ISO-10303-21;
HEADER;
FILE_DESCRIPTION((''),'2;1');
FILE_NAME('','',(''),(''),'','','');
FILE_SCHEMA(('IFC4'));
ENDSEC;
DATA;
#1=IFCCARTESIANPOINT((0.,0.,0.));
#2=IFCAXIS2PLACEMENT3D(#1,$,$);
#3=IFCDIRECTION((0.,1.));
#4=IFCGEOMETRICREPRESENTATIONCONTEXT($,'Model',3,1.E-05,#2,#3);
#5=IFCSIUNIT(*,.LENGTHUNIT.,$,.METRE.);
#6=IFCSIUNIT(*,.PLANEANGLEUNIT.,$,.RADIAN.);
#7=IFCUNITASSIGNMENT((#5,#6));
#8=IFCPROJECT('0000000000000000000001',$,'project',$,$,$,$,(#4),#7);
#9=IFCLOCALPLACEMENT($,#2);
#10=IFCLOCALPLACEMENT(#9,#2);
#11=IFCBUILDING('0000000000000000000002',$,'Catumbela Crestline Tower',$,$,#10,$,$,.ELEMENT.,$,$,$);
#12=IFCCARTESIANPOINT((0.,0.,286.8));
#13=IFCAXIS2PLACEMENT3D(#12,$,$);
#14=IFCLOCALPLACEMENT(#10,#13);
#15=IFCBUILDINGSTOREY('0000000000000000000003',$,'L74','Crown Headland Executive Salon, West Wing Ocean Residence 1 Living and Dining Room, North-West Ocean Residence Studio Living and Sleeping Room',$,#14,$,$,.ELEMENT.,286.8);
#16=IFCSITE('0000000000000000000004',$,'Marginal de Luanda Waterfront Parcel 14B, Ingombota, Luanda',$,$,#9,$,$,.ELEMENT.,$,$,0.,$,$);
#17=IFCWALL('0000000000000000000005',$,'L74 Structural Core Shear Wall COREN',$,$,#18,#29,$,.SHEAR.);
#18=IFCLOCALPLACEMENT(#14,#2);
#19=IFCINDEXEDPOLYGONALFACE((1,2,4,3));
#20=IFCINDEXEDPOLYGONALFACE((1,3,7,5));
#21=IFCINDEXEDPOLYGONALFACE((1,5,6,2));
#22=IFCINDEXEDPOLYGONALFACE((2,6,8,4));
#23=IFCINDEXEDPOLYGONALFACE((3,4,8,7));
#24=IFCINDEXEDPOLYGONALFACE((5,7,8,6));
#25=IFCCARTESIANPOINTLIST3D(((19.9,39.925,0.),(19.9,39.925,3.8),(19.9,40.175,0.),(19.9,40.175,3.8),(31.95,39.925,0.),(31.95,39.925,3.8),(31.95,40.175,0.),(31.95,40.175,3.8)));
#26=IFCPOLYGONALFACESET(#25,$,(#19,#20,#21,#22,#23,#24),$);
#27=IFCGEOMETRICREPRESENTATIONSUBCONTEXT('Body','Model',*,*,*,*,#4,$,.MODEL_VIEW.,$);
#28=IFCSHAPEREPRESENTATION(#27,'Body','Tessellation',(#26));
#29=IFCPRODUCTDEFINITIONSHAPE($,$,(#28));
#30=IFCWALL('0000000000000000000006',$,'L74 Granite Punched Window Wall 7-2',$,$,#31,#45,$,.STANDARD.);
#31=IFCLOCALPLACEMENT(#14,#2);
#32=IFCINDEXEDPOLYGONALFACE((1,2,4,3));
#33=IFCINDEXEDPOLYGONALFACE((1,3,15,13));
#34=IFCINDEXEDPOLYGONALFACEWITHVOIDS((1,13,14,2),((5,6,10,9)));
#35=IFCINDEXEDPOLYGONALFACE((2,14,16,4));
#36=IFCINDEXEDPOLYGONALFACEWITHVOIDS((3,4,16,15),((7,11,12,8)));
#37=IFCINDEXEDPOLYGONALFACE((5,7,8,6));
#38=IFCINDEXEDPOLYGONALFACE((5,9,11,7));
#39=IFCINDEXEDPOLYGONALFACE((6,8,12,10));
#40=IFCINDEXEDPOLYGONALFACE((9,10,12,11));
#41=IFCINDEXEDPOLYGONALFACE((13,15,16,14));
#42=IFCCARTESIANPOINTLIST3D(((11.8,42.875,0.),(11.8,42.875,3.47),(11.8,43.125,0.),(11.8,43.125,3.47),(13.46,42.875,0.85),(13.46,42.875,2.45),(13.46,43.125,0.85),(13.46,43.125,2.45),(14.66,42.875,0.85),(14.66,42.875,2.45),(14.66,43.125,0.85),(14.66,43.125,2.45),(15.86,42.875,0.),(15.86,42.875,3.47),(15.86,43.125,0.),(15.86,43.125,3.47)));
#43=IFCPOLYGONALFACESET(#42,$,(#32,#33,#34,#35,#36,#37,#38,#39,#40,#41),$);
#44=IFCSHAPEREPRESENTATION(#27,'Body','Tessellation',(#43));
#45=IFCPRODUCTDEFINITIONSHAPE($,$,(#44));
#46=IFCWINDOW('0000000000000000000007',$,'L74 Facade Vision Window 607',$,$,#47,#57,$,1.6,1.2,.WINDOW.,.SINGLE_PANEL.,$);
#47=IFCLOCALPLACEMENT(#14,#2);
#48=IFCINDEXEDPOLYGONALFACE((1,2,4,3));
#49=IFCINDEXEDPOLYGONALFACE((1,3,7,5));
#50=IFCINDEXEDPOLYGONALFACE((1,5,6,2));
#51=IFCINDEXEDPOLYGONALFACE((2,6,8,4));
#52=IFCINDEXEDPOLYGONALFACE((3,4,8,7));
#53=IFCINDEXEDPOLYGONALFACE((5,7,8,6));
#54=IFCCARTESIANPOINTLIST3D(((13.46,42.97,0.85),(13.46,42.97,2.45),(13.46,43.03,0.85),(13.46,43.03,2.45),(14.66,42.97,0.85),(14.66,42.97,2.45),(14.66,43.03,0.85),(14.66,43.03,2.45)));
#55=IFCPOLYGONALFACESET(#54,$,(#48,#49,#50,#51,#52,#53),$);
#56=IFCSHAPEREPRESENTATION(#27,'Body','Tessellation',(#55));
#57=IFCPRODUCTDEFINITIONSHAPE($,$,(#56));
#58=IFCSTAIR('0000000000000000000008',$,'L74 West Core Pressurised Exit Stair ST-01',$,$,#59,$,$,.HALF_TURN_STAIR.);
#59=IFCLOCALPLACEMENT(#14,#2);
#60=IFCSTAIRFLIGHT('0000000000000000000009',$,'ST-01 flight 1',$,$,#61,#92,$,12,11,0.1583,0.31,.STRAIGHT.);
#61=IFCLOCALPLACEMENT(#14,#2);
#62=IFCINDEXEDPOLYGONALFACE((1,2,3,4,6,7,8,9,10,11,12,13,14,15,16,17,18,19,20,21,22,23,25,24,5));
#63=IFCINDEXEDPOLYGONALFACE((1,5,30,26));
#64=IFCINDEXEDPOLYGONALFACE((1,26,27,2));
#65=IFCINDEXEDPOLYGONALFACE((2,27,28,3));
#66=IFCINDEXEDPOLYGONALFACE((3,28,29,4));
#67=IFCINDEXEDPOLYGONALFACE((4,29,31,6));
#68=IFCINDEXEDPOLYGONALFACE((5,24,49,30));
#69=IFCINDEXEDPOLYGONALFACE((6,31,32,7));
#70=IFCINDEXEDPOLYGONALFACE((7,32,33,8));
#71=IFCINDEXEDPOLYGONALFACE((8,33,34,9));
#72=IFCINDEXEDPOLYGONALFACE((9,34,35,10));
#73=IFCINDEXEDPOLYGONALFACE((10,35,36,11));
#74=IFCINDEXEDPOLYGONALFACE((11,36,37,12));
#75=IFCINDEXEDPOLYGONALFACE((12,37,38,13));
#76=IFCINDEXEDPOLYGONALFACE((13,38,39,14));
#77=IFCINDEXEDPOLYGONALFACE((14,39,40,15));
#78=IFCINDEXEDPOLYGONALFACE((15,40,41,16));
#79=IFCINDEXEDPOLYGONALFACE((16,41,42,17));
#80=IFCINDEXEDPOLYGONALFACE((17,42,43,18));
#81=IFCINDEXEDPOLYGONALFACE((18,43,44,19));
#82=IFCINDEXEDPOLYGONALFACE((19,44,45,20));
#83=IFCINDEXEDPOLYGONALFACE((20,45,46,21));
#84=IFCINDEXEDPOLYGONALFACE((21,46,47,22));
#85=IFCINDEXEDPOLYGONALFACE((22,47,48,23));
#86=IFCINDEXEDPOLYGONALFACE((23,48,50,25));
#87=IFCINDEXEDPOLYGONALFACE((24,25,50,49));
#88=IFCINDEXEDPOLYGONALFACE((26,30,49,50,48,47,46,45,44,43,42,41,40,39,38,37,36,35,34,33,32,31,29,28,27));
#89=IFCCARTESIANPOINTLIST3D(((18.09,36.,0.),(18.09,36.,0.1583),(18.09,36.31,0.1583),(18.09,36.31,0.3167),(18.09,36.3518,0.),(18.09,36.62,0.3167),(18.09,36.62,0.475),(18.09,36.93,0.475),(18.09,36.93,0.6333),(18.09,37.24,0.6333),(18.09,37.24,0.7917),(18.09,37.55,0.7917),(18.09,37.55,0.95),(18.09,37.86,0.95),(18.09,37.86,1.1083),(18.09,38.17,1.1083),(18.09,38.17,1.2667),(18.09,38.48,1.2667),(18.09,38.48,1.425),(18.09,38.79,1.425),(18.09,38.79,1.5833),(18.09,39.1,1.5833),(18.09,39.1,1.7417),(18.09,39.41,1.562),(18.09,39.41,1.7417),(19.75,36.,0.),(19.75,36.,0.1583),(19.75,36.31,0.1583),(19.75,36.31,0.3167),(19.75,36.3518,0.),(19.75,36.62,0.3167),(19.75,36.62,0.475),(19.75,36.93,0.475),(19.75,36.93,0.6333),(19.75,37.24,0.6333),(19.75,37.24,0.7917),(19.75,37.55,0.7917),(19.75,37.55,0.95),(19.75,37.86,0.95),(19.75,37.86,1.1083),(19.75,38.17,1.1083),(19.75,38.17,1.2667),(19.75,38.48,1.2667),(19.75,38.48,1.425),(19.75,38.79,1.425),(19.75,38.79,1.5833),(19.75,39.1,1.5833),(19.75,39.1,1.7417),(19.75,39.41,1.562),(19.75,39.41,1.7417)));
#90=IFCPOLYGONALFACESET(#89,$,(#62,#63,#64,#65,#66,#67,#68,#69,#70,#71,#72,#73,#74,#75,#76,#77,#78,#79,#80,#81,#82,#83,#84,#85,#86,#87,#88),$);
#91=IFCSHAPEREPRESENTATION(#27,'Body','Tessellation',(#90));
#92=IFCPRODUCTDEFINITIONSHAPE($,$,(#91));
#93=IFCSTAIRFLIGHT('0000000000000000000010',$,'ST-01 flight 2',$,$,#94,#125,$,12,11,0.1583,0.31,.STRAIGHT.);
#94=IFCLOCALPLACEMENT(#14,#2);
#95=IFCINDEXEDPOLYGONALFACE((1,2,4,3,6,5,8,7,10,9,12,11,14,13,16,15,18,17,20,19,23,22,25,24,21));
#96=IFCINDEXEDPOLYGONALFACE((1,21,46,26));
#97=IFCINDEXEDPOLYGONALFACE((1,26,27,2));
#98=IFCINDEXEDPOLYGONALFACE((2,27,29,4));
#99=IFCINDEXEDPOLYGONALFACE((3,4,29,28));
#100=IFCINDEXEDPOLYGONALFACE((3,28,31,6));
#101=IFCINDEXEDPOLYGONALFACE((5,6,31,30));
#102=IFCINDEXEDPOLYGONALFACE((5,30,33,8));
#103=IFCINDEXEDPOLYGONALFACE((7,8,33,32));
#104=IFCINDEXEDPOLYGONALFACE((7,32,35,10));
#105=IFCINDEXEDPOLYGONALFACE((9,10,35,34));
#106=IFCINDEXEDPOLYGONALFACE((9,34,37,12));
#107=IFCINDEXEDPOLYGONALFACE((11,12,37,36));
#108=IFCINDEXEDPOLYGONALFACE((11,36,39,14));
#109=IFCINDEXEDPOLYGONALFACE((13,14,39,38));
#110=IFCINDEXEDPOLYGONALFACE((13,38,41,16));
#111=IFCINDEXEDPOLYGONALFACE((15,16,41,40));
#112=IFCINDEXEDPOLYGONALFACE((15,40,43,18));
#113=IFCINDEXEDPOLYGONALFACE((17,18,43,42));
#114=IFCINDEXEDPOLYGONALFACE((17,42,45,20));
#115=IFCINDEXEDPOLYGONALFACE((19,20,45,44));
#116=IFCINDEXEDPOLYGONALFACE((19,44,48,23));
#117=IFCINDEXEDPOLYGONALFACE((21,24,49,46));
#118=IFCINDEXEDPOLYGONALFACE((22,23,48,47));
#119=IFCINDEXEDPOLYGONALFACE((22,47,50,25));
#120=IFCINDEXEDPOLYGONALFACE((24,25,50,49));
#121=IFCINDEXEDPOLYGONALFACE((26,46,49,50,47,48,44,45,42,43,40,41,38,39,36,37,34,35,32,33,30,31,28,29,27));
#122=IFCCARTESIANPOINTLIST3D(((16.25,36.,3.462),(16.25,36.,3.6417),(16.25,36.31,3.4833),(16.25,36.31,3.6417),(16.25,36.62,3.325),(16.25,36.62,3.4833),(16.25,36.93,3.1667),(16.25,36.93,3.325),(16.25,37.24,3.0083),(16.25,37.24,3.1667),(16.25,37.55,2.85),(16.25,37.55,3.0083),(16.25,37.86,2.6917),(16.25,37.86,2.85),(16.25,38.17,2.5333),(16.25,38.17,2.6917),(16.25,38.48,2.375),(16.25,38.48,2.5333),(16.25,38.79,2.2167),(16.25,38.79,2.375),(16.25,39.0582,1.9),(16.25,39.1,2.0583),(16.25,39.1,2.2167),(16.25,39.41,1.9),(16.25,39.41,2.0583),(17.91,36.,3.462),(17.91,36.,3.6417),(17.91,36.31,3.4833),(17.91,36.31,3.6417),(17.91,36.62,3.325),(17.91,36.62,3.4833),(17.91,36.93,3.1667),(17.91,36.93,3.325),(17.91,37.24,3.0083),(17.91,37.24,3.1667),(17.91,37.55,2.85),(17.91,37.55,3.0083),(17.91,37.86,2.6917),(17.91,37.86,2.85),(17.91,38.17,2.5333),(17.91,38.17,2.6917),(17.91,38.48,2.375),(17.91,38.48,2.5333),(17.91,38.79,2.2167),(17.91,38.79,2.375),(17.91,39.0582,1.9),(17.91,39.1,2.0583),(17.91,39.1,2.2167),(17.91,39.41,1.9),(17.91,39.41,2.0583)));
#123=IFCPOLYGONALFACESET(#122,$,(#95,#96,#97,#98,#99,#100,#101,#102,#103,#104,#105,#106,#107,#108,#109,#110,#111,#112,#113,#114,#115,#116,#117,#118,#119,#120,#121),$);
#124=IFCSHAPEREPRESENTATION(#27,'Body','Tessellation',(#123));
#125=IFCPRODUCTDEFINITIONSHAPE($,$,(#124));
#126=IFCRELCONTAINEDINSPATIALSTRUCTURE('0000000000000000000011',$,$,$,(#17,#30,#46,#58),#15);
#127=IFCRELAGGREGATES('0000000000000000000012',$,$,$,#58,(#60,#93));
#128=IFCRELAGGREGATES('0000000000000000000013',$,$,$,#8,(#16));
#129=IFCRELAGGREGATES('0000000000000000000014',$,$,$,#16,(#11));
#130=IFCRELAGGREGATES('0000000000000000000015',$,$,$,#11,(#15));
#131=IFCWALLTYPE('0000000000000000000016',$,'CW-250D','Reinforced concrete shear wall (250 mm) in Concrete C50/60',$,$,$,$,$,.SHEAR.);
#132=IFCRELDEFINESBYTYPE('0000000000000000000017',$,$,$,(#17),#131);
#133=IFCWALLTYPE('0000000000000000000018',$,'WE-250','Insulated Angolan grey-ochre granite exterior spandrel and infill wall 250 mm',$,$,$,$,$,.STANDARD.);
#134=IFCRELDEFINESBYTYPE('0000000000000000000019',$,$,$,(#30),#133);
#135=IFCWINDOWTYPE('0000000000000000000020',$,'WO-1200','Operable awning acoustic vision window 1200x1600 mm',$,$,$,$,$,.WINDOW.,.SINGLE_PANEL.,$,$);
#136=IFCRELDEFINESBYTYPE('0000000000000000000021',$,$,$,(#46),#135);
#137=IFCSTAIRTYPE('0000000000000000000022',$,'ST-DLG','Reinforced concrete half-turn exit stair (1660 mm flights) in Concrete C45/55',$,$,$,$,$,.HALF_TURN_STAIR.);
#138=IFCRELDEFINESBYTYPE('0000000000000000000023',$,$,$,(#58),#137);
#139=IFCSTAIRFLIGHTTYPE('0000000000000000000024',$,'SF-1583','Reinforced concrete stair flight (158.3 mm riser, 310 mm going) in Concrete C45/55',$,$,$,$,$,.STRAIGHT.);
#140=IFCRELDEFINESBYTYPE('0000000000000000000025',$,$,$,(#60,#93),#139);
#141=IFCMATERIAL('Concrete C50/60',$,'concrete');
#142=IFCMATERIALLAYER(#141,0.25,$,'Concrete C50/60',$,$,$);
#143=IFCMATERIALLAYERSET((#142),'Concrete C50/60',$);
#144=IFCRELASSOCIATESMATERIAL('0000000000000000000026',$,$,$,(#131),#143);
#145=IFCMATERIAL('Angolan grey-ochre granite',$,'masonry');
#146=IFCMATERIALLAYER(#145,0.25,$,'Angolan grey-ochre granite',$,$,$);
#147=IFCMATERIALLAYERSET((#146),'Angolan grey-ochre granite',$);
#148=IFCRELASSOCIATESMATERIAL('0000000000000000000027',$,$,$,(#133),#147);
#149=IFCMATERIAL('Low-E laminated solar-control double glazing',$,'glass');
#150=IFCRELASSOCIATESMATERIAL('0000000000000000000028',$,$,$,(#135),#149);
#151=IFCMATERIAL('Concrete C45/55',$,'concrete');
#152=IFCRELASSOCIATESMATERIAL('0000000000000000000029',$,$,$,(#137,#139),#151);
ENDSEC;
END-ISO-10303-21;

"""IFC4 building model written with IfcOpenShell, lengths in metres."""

from ifc_helpers import new_model, si_unit, direction, frame, frame_2d, origin, place, context, subcontext, project, spatial, polyline, rectangle, outline, extrude, material, layer, layer_set, type_object, element, fill, aggregate, save


model = new_model("IFC4")

# Units and contexts
model_context = context("Model", 3, precision=1e-05, world=origin(), true_north=direction((0.0, 1.0)))
body_context = subcontext(model_context, "Body", "Model", "MODEL_VIEW")
ifc_project = project(units=[si_unit("LENGTHUNIT", "METRE"), si_unit("PLANEANGLEUNIT", "RADIAN")], contexts=[model_context])

# Site, building, storey
site_placement = place(None, origin())
site = spatial("IfcSite", under=ifc_project, at=site_placement, Name="Marginal de Luanda Waterfront Parcel 14B, Ingombota, Luanda", CompositionType="ELEMENT", RefElevation=0.0)
building_placement = place(site_placement, origin())
building = spatial("IfcBuilding", under=site, at=building_placement, Name="Catumbela Crestline Tower", CompositionType="ELEMENT")
storey_placement = place(building_placement, frame((0.0, 0.0, 286.8)))
storey = spatial("IfcBuildingStorey", under=building, at=storey_placement, Name="L74", Description="Crown Headland Executive Salon, West Wing Ocean Residence 1 Living and Dining Room, North-West Ocean Residence Studio Living and Sleeping Room", CompositionType="ELEMENT", Elevation=286.8)

# Shared definitions
ifc_material_1 = material(Name="Concrete C50/60", Category="concrete")
ifc_layer_1 = layer(ifc_material_1, 0.25, Name="Concrete C50/60")
ifc_layer_set_1 = layer_set([ifc_layer_1], Name="Concrete C50/60")
wall_type_1 = type_object("IfcWallType", Name="CW-250D", Description="Reinforced concrete shear wall (250 mm) in Concrete C50/60", PredefinedType="SHEAR", material=ifc_layer_set_1)

# Wall
wall_1_placement = place(storey_placement, frame((19.9, 40.05, 0.0), z_axis=(0.0, 0.0, 1.0), x_axis=(1.0, 0.0, 0.0)))
element("IfcWall", 1, at=wall_1_placement, inside=storey, type_object=wall_type_1, Name="L74 Structural Core Shear Wall COREN", PredefinedType="SHEAR", context=body_context, shape_type="SweptSolid", body=[
    extrude(rectangle(XDim=12.05, YDim=0.25, at=frame_2d((6.025, 0.0))), origin(), (0.0, 0.0, 1.0), 3.8),
])

# Wall, opening, window
ifc_material_2 = material(Name="Angolan grey-ochre granite", Category="masonry")
ifc_layer_2 = layer(ifc_material_2, 0.25, Name="Angolan grey-ochre granite")
ifc_layer_set_2 = layer_set([ifc_layer_2], Name="Angolan grey-ochre granite")
wall_type_2 = type_object("IfcWallType", Name="WE-250", Description="Insulated Angolan grey-ochre granite exterior spandrel and infill wall 250 mm", PredefinedType="STANDARD", material=ifc_layer_set_2)
wall_2_placement = place(storey_placement, frame((15.86, 43.0, 0.0), z_axis=(0.0, 0.0, 1.0), x_axis=(-1.0, 0.0, 0.0)))
wall_2 = element("IfcWall", 2, at=wall_2_placement, inside=storey, type_object=wall_type_2, Name="L74 Granite Punched Window Wall 7-2", PredefinedType="STANDARD", context=body_context, shape_type="SweptSolid", body=[
    extrude(rectangle(XDim=4.06, YDim=0.25, at=frame_2d((2.03, 0.0))), origin(), (0.0, 0.0, 1.0), 3.47),
])
opening_1_placement = place(wall_2_placement, frame((1.2, 0.0, 0.85)))
opening_1 = element("IfcOpeningElement", 3, at=opening_1_placement, cuts=wall_2, PredefinedType="OPENING", context=body_context, shape_type="SweptSolid", body=[
    extrude(rectangle(XDim=1.2, YDim=1.6, at=frame_2d((0.6, 0.8))), frame((0.0, 0.135, 0.0), z_axis=(0.0, -1.0, 0.0), x_axis=(1.0, 0.0, 0.0)), (0.0, 0.0, 1.0), 0.27),
])
ifc_material_3 = material(Name="Low-E laminated solar-control double glazing", Category="glass")
window_type = type_object("IfcWindowType", Name="WO-1200", Description="Operable awning acoustic vision window 1200x1600 mm", PartitioningType="SINGLE_PANEL", PredefinedType="WINDOW", material=ifc_material_3)
window_placement = place(opening_1_placement, origin())
window = element("IfcWindow", 4, at=window_placement, inside=storey, type_object=window_type, Name="L74 Facade Vision Window 607", OverallHeight=1.6, OverallWidth=1.2, PartitioningType="SINGLE_PANEL", PredefinedType="WINDOW", context=body_context, shape_type="SweptSolid", body=[
    extrude(rectangle(XDim=1.2, YDim=1.6, at=frame_2d((0.6, 0.8))), frame((0.0, 0.03, 0.0), z_axis=(0.0, -1.0, 0.0), x_axis=(1.0, 0.0, 0.0)), (0.0, 0.0, 1.0), 0.06),
])
fill(opening_1, window)

# Stair, stair flights
ifc_material_4 = material(Name="Concrete C45/55", Category="concrete")
stair_type = type_object("IfcStairType", Name="ST-DLG", Description="Reinforced concrete half-turn exit stair (1660 mm flights) in Concrete C45/55", PredefinedType="HALF_TURN_STAIR", material=ifc_material_4)
stair_placement = place(storey_placement, origin())
stair = element("IfcStair", 5, at=stair_placement, inside=storey, type_object=stair_type, Name="L74 West Core Pressurised Exit Stair ST-01", PredefinedType="HALF_TURN_STAIR")
stair_flight_type = type_object("IfcStairFlightType", Name="SF-1583", Description="Reinforced concrete stair flight (158.3 mm riser, 310 mm going) in Concrete C45/55", PredefinedType="STRAIGHT", material=ifc_material_4)
stair_flight_1_placement = place(storey_placement, frame((18.92, 36.0, 0.0), z_axis=(0.0, 0.0, 1.0), x_axis=(0.0, 1.0, 0.0)))
stair_flight_1 = element("IfcStairFlight", 6, at=stair_flight_1_placement, type_object=stair_flight_type, Name="ST-01 flight 1", NumberOfRisers=12, NumberOfTreads=11, PredefinedType="STRAIGHT", RiserHeight=0.1583, TreadLength=0.31, context=body_context, shape_type="SweptSolid", body=[
    extrude(outline(polyline([(0.0, 0.0), (0.0, 0.1583), (0.31, 0.1583), (0.31, 0.3167), (0.62, 0.3167), (0.62, 0.475), (0.93, 0.475), (0.93, 0.6333), (1.24, 0.6333), (1.24, 0.7917), (1.55, 0.7917), (1.55, 0.95), (1.86, 0.95), (1.86, 1.1083), (2.17, 1.1083), (2.17, 1.2667), (2.48, 1.2667), (2.48, 1.425), (2.79, 1.425), (2.79, 1.5833), (3.1, 1.5833), (3.1, 1.7417), (3.41, 1.7417), (3.41, 1.9), (3.41, 1.562), (0.3518, 0.0), (0.0, 0.0)])), frame((0.0, 0.83, 0.0), z_axis=(0.0, -1.0, 0.0), x_axis=(1.0, 0.0, 0.0)), (0.0, 0.0, 1.0), 1.66),
])
stair_flight_2_placement = place(storey_placement, frame((17.08, 39.41, 1.9), z_axis=(0.0, 0.0, 1.0), x_axis=(0.0, -1.0, 0.0)))
stair_flight_2 = element("IfcStairFlight", 7, at=stair_flight_2_placement, type_object=stair_flight_type, Name="ST-01 flight 2", NumberOfRisers=12, NumberOfTreads=11, PredefinedType="STRAIGHT", RiserHeight=0.1583, TreadLength=0.31, context=body_context, shape_type="SweptSolid", body=[
    extrude(outline(polyline([(0.0, 0.0), (0.0, 0.1583), (0.31, 0.1583), (0.31, 0.3167), (0.62, 0.3167), (0.62, 0.475), (0.93, 0.475), (0.93, 0.6333), (1.24, 0.6333), (1.24, 0.7917), (1.55, 0.7917), (1.55, 0.95), (1.86, 0.95), (1.86, 1.1083), (2.17, 1.1083), (2.17, 1.2667), (2.48, 1.2667), (2.48, 1.425), (2.79, 1.425), (2.79, 1.5833), (3.1, 1.5833), (3.1, 1.7417), (3.41, 1.7417), (3.41, 1.9), (3.41, 1.562), (0.3518, 0.0), (0.0, 0.0)])), frame((0.0, 0.83, 0.0), z_axis=(0.0, -1.0, 0.0), x_axis=(1.0, 0.0, 0.0)), (0.0, 0.0, 1.0), 1.66),
])
aggregate(stair, [stair_flight_1, stair_flight_2])

save(model, "model.ifc")
